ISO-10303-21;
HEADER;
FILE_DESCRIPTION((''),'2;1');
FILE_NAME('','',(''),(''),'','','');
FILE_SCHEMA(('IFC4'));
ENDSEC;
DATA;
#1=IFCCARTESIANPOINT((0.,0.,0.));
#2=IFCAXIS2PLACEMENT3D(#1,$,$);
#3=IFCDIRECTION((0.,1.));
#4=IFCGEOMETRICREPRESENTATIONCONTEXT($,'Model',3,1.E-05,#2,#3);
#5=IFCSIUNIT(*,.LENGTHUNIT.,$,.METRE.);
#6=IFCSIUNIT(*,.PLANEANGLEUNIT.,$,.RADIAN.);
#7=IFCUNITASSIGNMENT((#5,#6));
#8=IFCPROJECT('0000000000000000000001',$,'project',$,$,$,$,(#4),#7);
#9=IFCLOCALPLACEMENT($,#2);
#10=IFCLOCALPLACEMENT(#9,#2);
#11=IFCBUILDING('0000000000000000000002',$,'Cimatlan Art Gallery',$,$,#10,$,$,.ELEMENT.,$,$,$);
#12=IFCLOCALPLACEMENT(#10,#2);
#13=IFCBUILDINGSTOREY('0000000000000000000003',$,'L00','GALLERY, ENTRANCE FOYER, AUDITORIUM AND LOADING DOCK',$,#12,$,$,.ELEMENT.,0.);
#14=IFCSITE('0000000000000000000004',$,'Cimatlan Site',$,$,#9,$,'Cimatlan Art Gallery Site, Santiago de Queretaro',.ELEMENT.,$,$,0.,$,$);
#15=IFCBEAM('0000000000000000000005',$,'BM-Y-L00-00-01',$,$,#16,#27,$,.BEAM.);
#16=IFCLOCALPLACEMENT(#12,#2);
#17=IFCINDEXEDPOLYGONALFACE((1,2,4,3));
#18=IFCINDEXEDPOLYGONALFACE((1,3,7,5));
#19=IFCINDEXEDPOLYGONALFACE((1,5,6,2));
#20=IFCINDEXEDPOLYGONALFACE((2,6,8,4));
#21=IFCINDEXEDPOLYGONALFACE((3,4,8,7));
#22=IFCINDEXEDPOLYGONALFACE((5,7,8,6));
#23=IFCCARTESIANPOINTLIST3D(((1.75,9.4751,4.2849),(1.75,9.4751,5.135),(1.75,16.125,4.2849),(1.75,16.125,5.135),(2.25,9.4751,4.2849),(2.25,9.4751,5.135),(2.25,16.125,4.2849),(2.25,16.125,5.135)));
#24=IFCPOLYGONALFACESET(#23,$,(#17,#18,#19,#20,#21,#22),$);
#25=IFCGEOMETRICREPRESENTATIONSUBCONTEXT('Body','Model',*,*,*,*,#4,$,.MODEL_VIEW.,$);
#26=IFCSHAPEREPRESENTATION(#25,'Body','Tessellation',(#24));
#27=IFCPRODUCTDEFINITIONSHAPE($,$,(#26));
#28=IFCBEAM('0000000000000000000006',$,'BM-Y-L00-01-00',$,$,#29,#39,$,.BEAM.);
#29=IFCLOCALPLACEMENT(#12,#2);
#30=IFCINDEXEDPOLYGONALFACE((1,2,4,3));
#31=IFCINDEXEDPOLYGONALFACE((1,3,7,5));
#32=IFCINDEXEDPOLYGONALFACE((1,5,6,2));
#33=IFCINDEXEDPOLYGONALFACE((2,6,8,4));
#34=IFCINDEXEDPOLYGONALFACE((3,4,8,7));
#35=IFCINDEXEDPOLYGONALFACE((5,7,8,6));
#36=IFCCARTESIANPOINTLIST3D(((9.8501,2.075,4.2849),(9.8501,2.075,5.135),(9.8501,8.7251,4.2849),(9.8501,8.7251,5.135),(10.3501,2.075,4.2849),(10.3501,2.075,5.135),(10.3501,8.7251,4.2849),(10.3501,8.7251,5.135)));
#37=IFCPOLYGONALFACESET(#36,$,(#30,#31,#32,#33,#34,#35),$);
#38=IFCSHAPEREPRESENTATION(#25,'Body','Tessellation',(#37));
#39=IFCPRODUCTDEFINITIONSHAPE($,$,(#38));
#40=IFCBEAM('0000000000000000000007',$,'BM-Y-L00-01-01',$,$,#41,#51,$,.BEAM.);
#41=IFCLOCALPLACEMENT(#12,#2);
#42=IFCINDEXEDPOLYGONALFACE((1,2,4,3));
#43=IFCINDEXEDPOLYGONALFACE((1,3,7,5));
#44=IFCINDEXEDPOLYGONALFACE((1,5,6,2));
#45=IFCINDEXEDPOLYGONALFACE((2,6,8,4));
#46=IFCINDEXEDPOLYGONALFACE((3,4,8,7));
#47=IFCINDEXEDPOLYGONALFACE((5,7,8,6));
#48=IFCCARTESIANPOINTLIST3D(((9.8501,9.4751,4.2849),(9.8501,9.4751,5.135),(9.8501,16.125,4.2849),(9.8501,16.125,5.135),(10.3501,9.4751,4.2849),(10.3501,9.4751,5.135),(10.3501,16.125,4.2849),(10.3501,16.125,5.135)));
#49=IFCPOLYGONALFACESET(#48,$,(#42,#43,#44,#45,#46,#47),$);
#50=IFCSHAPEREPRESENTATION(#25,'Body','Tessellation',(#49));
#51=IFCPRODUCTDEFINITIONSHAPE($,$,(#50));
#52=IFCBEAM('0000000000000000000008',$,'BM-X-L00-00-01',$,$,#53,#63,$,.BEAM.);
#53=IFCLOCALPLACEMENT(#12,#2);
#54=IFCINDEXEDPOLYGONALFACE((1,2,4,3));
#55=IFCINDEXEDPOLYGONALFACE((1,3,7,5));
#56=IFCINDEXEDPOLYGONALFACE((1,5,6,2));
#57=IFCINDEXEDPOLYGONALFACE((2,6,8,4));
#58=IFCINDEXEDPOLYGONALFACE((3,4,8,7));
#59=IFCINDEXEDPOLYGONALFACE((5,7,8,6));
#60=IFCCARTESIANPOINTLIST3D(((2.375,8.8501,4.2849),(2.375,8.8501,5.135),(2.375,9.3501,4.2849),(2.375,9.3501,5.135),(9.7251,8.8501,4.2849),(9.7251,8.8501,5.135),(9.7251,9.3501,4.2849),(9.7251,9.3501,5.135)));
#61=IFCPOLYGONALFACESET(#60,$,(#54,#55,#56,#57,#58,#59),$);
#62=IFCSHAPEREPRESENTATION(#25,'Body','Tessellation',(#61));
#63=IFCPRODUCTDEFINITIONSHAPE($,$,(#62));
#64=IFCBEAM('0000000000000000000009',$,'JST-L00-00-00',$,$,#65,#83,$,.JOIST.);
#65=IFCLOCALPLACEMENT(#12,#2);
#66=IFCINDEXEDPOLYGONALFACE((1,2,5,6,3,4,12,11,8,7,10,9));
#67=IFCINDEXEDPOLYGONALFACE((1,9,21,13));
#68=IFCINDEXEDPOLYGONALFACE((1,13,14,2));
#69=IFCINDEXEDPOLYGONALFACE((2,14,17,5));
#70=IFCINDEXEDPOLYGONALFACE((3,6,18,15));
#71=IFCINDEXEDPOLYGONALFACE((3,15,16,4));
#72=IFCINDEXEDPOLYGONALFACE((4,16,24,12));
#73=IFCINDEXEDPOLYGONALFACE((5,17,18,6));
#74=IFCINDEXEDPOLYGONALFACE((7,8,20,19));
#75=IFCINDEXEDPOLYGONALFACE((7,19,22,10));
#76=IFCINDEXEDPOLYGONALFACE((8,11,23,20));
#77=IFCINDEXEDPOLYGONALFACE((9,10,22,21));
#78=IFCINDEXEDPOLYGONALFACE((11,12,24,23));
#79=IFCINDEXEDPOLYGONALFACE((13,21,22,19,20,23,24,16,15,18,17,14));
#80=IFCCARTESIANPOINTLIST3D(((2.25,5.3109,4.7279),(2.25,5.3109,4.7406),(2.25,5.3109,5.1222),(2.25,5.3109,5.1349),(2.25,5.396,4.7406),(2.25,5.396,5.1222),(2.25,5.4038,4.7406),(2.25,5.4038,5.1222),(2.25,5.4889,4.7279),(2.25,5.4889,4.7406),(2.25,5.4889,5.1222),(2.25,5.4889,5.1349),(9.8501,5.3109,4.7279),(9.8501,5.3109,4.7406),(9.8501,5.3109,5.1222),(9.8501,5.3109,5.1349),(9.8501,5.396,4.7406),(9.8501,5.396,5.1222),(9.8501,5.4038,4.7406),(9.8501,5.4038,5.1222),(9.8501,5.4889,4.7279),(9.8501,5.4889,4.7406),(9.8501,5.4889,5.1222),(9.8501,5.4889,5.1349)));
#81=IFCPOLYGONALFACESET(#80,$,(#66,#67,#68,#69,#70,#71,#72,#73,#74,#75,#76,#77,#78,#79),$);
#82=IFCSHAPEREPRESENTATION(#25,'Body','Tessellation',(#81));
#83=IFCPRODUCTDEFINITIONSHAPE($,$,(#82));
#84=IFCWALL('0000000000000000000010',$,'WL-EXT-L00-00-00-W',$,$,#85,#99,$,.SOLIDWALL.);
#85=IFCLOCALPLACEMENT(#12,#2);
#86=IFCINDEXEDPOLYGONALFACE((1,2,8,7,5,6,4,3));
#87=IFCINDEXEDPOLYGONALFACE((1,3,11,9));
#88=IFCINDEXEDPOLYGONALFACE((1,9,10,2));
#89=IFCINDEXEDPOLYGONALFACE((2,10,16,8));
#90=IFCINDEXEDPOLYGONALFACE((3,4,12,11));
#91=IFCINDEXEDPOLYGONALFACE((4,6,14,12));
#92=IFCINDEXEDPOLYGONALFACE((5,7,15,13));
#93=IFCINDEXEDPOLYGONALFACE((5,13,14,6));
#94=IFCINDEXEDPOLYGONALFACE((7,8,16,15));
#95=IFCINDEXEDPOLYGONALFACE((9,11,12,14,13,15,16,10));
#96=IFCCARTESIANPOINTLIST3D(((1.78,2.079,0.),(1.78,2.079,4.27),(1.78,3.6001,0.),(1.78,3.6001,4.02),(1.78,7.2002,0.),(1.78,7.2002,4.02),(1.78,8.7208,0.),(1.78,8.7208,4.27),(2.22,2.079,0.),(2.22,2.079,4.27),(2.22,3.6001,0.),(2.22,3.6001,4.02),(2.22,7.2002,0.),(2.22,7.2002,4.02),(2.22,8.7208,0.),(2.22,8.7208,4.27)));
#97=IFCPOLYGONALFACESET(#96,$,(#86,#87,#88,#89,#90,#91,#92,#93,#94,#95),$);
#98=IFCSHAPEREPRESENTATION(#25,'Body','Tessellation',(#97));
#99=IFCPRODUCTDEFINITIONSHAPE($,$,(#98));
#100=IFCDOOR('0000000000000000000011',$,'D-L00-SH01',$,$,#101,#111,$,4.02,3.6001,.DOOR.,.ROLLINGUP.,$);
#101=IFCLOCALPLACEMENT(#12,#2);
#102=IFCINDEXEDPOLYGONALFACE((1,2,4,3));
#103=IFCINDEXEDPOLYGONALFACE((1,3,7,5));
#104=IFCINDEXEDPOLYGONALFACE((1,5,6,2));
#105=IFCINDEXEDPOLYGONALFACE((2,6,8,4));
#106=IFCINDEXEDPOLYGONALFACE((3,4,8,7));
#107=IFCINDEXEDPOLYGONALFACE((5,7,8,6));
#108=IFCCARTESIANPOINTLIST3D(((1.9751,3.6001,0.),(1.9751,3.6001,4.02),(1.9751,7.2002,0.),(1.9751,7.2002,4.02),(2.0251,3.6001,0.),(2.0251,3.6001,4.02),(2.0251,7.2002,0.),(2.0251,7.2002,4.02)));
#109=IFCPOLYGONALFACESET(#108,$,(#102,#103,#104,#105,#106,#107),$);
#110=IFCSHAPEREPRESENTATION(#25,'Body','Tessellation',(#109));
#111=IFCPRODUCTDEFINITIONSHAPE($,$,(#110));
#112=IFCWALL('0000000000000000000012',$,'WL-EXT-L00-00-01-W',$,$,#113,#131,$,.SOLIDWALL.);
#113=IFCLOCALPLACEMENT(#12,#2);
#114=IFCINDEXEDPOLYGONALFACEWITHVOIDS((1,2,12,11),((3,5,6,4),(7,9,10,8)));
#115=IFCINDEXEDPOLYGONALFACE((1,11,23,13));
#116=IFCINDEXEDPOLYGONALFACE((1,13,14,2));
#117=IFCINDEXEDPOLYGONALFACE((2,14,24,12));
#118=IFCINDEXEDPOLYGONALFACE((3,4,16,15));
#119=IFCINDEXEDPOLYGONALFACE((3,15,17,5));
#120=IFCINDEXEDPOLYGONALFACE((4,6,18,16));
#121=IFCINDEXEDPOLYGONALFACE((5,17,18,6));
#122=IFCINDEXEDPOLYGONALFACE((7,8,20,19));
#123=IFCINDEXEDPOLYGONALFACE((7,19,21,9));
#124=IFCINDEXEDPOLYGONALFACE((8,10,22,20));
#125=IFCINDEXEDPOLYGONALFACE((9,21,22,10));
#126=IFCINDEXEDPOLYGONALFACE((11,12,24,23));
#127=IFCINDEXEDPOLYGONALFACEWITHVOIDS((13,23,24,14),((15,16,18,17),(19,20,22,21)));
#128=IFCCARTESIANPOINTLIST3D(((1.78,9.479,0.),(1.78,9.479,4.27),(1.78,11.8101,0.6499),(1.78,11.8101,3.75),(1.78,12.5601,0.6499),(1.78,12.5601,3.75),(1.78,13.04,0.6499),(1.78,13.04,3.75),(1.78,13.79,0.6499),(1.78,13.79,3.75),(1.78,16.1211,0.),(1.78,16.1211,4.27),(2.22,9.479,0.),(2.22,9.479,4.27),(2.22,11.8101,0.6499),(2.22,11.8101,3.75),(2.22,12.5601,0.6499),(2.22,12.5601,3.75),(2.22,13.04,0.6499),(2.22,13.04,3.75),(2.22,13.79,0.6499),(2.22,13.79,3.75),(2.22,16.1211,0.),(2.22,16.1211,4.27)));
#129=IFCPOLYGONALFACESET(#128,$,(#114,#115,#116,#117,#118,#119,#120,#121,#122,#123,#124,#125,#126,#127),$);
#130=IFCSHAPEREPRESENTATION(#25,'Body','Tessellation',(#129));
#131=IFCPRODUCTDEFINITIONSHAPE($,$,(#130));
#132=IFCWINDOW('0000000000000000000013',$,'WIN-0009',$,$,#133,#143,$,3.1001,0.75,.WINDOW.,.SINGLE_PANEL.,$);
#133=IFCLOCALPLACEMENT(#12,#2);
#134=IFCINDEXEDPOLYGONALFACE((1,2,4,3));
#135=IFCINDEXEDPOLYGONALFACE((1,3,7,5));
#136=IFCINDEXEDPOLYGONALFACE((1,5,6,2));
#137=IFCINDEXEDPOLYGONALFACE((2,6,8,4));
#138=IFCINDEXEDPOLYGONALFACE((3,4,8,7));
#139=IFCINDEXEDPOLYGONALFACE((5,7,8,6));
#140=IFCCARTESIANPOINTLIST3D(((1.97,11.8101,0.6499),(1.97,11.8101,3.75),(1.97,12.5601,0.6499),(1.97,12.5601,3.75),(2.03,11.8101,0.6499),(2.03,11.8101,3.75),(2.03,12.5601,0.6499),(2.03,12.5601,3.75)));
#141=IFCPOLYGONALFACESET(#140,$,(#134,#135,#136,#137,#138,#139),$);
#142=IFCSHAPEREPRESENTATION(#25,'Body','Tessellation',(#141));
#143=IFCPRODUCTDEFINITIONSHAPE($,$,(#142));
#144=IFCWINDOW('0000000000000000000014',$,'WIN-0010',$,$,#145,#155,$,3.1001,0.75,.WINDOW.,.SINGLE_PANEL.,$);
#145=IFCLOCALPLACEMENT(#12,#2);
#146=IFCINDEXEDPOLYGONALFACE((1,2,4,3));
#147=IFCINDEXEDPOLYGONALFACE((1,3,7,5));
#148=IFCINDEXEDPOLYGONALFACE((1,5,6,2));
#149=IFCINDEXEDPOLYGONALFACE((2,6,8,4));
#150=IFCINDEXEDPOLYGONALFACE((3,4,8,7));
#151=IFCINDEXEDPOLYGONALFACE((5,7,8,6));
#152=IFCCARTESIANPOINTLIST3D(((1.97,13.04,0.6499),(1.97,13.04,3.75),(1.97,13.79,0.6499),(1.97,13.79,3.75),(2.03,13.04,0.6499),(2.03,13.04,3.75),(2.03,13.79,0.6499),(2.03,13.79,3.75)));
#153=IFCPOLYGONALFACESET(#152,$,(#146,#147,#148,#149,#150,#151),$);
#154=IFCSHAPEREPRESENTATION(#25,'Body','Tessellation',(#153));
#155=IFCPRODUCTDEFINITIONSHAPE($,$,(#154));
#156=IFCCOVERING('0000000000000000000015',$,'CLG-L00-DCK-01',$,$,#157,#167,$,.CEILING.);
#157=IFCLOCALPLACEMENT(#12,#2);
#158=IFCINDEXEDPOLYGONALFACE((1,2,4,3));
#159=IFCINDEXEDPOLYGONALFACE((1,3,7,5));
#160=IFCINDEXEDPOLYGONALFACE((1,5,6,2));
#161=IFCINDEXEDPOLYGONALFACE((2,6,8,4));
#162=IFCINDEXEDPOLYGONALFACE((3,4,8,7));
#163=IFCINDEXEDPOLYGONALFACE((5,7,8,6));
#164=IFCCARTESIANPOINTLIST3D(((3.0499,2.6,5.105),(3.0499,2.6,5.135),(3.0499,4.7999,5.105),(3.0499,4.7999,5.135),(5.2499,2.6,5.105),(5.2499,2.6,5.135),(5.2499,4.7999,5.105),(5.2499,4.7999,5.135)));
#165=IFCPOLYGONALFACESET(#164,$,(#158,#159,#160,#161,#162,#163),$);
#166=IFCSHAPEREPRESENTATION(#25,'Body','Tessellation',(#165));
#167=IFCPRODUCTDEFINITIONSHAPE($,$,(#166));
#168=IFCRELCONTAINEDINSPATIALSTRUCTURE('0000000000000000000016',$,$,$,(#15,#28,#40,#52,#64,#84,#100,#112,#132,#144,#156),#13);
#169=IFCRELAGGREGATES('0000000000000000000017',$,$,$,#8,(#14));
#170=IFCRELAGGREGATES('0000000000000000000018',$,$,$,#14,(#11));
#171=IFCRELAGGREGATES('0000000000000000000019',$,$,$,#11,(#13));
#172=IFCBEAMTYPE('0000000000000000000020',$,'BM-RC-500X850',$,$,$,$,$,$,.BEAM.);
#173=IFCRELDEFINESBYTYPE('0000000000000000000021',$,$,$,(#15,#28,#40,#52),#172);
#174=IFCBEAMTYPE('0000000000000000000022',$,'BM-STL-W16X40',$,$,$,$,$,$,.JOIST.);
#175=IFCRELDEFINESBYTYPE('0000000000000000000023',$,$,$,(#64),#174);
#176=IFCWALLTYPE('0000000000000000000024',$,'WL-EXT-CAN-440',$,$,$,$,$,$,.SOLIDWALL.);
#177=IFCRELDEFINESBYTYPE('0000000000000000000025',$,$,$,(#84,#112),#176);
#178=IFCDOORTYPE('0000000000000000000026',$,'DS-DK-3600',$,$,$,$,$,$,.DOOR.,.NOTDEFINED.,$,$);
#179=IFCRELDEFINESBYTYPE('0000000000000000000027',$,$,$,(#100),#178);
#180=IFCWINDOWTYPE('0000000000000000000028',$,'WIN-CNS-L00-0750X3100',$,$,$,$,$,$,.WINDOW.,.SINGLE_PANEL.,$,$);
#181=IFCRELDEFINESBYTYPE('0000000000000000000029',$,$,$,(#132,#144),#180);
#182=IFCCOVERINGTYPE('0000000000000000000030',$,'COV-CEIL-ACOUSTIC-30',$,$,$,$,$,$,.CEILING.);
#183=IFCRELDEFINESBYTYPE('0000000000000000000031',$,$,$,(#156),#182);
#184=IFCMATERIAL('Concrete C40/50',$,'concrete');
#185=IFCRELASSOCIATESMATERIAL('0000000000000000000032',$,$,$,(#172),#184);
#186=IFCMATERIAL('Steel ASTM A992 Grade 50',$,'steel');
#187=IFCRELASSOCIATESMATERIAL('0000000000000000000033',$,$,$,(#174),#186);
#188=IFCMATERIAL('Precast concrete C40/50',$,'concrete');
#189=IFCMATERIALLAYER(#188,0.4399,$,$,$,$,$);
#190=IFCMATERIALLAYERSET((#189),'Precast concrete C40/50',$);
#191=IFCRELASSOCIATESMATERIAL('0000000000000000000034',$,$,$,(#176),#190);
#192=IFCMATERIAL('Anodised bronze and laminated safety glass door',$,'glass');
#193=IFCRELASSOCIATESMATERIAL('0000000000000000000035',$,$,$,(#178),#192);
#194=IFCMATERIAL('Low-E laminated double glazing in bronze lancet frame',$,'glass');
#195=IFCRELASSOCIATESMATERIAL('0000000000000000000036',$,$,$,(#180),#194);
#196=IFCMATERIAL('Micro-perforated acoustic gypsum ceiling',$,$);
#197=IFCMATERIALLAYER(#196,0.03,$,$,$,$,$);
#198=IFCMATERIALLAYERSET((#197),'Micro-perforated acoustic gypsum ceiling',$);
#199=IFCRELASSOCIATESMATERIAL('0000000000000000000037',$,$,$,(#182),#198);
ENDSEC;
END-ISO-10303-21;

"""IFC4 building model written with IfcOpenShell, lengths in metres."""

from ifc_helpers import new_model, si_unit, direction, frame, frame_2d, origin, origin_2d, place, context, subcontext, project, spatial, rectangle, i_section, extrude, material, layer, layer_set, material_profile, profile_set, type_object, element, fill, save


model = new_model("IFC4")

# Units and contexts
model_context = context("Model", 3, precision=1e-05, world=origin(), true_north=direction((0.0, 1.0)))
body_context = subcontext(model_context, "Body", "Model", "MODEL_VIEW")
ifc_project = project(units=[si_unit("LENGTHUNIT", "METRE"), si_unit("PLANEANGLEUNIT", "RADIAN")], contexts=[model_context])

# Site, building, storey
site_placement = place(None, origin())
site = spatial("IfcSite", under=ifc_project, at=site_placement, Name="Cimatlan Site", LongName="Cimatlan Art Gallery Site, Santiago de Queretaro", CompositionType="ELEMENT", RefElevation=0.0)
building_placement = place(site_placement, origin())
building = spatial("IfcBuilding", under=site, at=building_placement, Name="Cimatlan Art Gallery", CompositionType="ELEMENT")
storey_placement = place(building_placement, origin())
storey = spatial("IfcBuildingStorey", under=building, at=storey_placement, Name="L00", Description="GALLERY, ENTRANCE FOYER, AUDITORIUM AND LOADING DOCK", CompositionType="ELEMENT", Elevation=0.0)

# Shared definitions
ifc_material_1 = material(Name="Concrete C40/50", Category="concrete")

# Beams
ifc_material_profile_1 = material_profile(ifc_material_1, rectangle(XDim=0.5, YDim=0.8501, at=origin_2d()), Name="RC500X850")
ifc_profile_set_1 = profile_set([ifc_material_profile_1], Name="Concrete C40/50")
beam_type_1 = type_object("IfcBeamType", Name="BM-RC-500X850", PredefinedType="BEAM", material=ifc_profile_set_1)
beam_1_placement = place(storey_placement, frame((2.0, 9.4751, 4.71), z_axis=(0.0, 1.0, 0.0), x_axis=(-1.0, 0.0, 0.0)))
element("IfcBeam", 1, at=beam_1_placement, inside=storey, type_object=beam_type_1, Name="BM-Y-L00-00-01", PredefinedType="BEAM", context=body_context, shape_type="SweptSolid", body=[
    extrude(rectangle(XDim=0.5, YDim=0.8501, at=origin_2d()), origin(), (0.0, 0.0, 1.0), 6.6499),
])
beam_2_placement = place(storey_placement, frame((10.1001, 2.075, 4.71), z_axis=(0.0, 1.0, 0.0), x_axis=(-1.0, 0.0, 0.0)))
element("IfcBeam", 2, at=beam_2_placement, inside=storey, type_object=beam_type_1, Name="BM-Y-L00-01-00", PredefinedType="BEAM", context=body_context, shape_type="SweptSolid", body=[
    extrude(rectangle(XDim=0.5, YDim=0.8501, at=origin_2d()), origin(), (0.0, 0.0, 1.0), 6.6501),
])
beam_3_placement = place(storey_placement, frame((10.1001, 9.4751, 4.71), z_axis=(0.0, 1.0, 0.0), x_axis=(-1.0, 0.0, 0.0)))
element("IfcBeam", 3, at=beam_3_placement, inside=storey, type_object=beam_type_1, Name="BM-Y-L00-01-01", PredefinedType="BEAM", context=body_context, shape_type="SweptSolid", body=[
    extrude(rectangle(XDim=0.5, YDim=0.8501, at=origin_2d()), origin(), (0.0, 0.0, 1.0), 6.6499),
])
beam_4_placement = place(storey_placement, frame((2.375, 9.1001, 4.71), z_axis=(1.0, 0.0, 0.0), x_axis=(0.0, 1.0, 0.0)))
element("IfcBeam", 4, at=beam_4_placement, inside=storey, type_object=beam_type_1, Name="BM-X-L00-00-01", PredefinedType="BEAM", context=body_context, shape_type="SweptSolid", body=[
    extrude(rectangle(XDim=0.5, YDim=0.8501, at=origin_2d()), origin(), (0.0, 0.0, 1.0), 7.3501),
])
ifc_material_2 = material(Name="Steel ASTM A992 Grade 50", Category="steel")
ifc_material_profile_2 = material_profile(ifc_material_2, i_section(OverallWidth=0.178, OverallDepth=0.407, WebThickness=0.0078, FlangeThickness=0.0127, at=origin_2d()), Name="W16X40")
ifc_profile_set_2 = profile_set([ifc_material_profile_2], Name="Steel ASTM A992 Grade 50")
beam_type_2 = type_object("IfcBeamType", Name="BM-STL-W16X40", PredefinedType="JOIST", material=ifc_profile_set_2)
beam_5_placement = place(storey_placement, frame((2.25, 5.3999, 4.9314), z_axis=(1.0, 0.0, 0.0), x_axis=(0.0, 1.0, 0.0)))
element("IfcBeam", 5, at=beam_5_placement, inside=storey, type_object=beam_type_2, Name="JST-L00-00-00", PredefinedType="JOIST", context=body_context, shape_type="SweptSolid", body=[
    extrude(i_section(OverallWidth=0.178, OverallDepth=0.407, WebThickness=0.0078, FlangeThickness=0.0127, at=origin_2d()), origin(), (0.0, 0.0, 1.0), 7.6001),
])

# Wall, opening, door
ifc_material_3 = material(Name="Precast concrete C40/50", Category="concrete")
ifc_layer_1 = layer(ifc_material_3, 0.4399)
ifc_layer_set_1 = layer_set([ifc_layer_1], Name="Precast concrete C40/50")
wall_type = type_object("IfcWallType", Name="WL-EXT-CAN-440", PredefinedType="SOLIDWALL", material=ifc_layer_set_1)
wall_1_placement = place(storey_placement, frame((2.0, 2.0791, 0.0), z_axis=(0.0, 0.0, 1.0), x_axis=(0.0, 1.0, 0.0)))
wall_1 = element("IfcWall", 6, at=wall_1_placement, inside=storey, type_object=wall_type, Name="WL-EXT-L00-00-00-W", PredefinedType="SOLIDWALL", context=body_context, shape_type="SweptSolid", body=[
    extrude(rectangle(XDim=6.6418, YDim=0.4399, at=frame_2d((3.3208, 0.0))), origin(), (0.0, 0.0, 1.0), 4.27),
])
opening_1_placement = place(wall_1_placement, frame((1.521, 0.0, 0.0)))
opening_1 = element("IfcOpeningElement", 7, at=opening_1_placement, cuts=wall_1, PredefinedType="OPENING", context=body_context, shape_type="SweptSolid", body=[
    extrude(rectangle(XDim=3.6001, YDim=4.02, at=frame_2d((1.8, 2.01))), frame((0.0, 0.23, 0.0), z_axis=(0.0, -1.0, 0.0), x_axis=(1.0, 0.0, 0.0)), (0.0, 0.0, 1.0), 0.46),
])
ifc_material_4 = material(Name="Anodised bronze and laminated safety glass door", Category="glass")
door_type = type_object("IfcDoorType", Name="DS-DK-3600", OperationType="NOTDEFINED", PredefinedType="DOOR", material=ifc_material_4)
door_placement = place(opening_1_placement, origin())
door = element("IfcDoor", 8, at=door_placement, inside=storey, type_object=door_type, Name="D-L00-SH01", OperationType="ROLLINGUP", OverallHeight=4.02, OverallWidth=3.6001, PredefinedType="DOOR", context=body_context, shape_type="SweptSolid", body=[
    extrude(rectangle(XDim=3.6001, YDim=4.02, at=frame_2d((1.8, 2.01))), frame((0.0, 0.0249, 0.0), z_axis=(0.0, -1.0, 0.0), x_axis=(1.0, 0.0, 0.0)), (0.0, 0.0, 1.0), 0.05),
])
fill(opening_1, door)

# Wall, openings, windows
wall_2_placement = place(storey_placement, frame((2.0, 9.479, 0.0), z_axis=(0.0, 0.0, 1.0), x_axis=(0.0, 1.0, 0.0)))
wall_2 = element("IfcWall", 9, at=wall_2_placement, inside=storey, type_object=wall_type, Name="WL-EXT-L00-00-01-W", PredefinedType="SOLIDWALL", context=body_context, shape_type="SweptSolid", body=[
    extrude(rectangle(XDim=6.6421, YDim=0.4399, at=frame_2d((3.321, 0.0))), origin(), (0.0, 0.0, 1.0), 4.27),
])
opening_2_placement = place(wall_2_placement, frame((2.3311, 0.0, 0.6499)))
opening_2 = element("IfcOpeningElement", 10, at=opening_2_placement, cuts=wall_2, PredefinedType="OPENING", context=body_context, shape_type="SweptSolid", body=[
    extrude(rectangle(XDim=0.75, YDim=3.1001, at=frame_2d((0.375, 1.55))), frame((0.0, 0.23, 0.0), z_axis=(0.0, -1.0, 0.0), x_axis=(1.0, 0.0, 0.0)), (0.0, 0.0, 1.0), 0.46),
])
opening_3_placement = place(wall_2_placement, frame((3.561, 0.0, 0.6499)))
opening_3 = element("IfcOpeningElement", 11, at=opening_3_placement, cuts=wall_2, PredefinedType="OPENING", context=body_context, shape_type="SweptSolid", body=[
    extrude(rectangle(XDim=0.75, YDim=3.1001, at=frame_2d((0.375, 1.55))), frame((0.0, 0.23, 0.0), z_axis=(0.0, -1.0, 0.0), x_axis=(1.0, 0.0, 0.0)), (0.0, 0.0, 1.0), 0.46),
])
ifc_material_5 = material(Name="Low-E laminated double glazing in bronze lancet frame", Category="glass")
window_type = type_object("IfcWindowType", Name="WIN-CNS-L00-0750X3100", PartitioningType="SINGLE_PANEL", PredefinedType="WINDOW", material=ifc_material_5)
window_1_placement = place(opening_2_placement, origin())
window_1 = element("IfcWindow", 12, at=window_1_placement, inside=storey, type_object=window_type, Name="WIN-0009", OverallHeight=3.1001, OverallWidth=0.75, PartitioningType="SINGLE_PANEL", PredefinedType="WINDOW", context=body_context, shape_type="SweptSolid", body=[
    extrude(rectangle(XDim=0.75, YDim=3.1001, at=frame_2d((0.375, 1.55))), frame((0.0, 0.03, 0.0), z_axis=(0.0, -1.0, 0.0), x_axis=(1.0, 0.0, 0.0)), (0.0, 0.0, 1.0), 0.0601),
])
fill(opening_2, window_1)
window_2_placement = place(opening_3_placement, origin())
window_2 = element("IfcWindow", 13, at=window_2_placement, inside=storey, type_object=window_type, Name="WIN-0010", OverallHeight=3.1001, OverallWidth=0.75, PartitioningType="SINGLE_PANEL", PredefinedType="WINDOW", context=body_context, shape_type="SweptSolid", body=[
    extrude(rectangle(XDim=0.75, YDim=3.1001, at=frame_2d((0.375, 1.55))), frame((0.0, 0.03, 0.0), z_axis=(0.0, -1.0, 0.0), x_axis=(1.0, 0.0, 0.0)), (0.0, 0.0, 1.0), 0.0601),
])
fill(opening_3, window_2)

# Covering
ifc_material_6 = material(Name="Micro-perforated acoustic gypsum ceiling")
ifc_layer_2 = layer(ifc_material_6, 0.03)
ifc_layer_set_2 = layer_set([ifc_layer_2], Name="Micro-perforated acoustic gypsum ceiling")
covering_type_1 = type_object("IfcCoveringType", Name="COV-CEIL-ACOUSTIC-30", PredefinedType="CEILING", material=ifc_layer_set_2)
covering_1_placement = place(storey_placement, frame((4.1499, 3.7, 5.105), z_axis=(0.0, 0.0, 1.0), x_axis=(1.0, 0.0, 0.0)))
element("IfcCovering", 14, at=covering_1_placement, inside=storey, type_object=covering_type_1, Name="CLG-L00-DCK-01", PredefinedType="CEILING", context=body_context, shape_type="SweptSolid", body=[
    extrude(rectangle(XDim=2.2, YDim=2.2, at=origin_2d()), origin(), (0.0, 0.0, 1.0), 0.03),
])

save(model, "model.ifc")
